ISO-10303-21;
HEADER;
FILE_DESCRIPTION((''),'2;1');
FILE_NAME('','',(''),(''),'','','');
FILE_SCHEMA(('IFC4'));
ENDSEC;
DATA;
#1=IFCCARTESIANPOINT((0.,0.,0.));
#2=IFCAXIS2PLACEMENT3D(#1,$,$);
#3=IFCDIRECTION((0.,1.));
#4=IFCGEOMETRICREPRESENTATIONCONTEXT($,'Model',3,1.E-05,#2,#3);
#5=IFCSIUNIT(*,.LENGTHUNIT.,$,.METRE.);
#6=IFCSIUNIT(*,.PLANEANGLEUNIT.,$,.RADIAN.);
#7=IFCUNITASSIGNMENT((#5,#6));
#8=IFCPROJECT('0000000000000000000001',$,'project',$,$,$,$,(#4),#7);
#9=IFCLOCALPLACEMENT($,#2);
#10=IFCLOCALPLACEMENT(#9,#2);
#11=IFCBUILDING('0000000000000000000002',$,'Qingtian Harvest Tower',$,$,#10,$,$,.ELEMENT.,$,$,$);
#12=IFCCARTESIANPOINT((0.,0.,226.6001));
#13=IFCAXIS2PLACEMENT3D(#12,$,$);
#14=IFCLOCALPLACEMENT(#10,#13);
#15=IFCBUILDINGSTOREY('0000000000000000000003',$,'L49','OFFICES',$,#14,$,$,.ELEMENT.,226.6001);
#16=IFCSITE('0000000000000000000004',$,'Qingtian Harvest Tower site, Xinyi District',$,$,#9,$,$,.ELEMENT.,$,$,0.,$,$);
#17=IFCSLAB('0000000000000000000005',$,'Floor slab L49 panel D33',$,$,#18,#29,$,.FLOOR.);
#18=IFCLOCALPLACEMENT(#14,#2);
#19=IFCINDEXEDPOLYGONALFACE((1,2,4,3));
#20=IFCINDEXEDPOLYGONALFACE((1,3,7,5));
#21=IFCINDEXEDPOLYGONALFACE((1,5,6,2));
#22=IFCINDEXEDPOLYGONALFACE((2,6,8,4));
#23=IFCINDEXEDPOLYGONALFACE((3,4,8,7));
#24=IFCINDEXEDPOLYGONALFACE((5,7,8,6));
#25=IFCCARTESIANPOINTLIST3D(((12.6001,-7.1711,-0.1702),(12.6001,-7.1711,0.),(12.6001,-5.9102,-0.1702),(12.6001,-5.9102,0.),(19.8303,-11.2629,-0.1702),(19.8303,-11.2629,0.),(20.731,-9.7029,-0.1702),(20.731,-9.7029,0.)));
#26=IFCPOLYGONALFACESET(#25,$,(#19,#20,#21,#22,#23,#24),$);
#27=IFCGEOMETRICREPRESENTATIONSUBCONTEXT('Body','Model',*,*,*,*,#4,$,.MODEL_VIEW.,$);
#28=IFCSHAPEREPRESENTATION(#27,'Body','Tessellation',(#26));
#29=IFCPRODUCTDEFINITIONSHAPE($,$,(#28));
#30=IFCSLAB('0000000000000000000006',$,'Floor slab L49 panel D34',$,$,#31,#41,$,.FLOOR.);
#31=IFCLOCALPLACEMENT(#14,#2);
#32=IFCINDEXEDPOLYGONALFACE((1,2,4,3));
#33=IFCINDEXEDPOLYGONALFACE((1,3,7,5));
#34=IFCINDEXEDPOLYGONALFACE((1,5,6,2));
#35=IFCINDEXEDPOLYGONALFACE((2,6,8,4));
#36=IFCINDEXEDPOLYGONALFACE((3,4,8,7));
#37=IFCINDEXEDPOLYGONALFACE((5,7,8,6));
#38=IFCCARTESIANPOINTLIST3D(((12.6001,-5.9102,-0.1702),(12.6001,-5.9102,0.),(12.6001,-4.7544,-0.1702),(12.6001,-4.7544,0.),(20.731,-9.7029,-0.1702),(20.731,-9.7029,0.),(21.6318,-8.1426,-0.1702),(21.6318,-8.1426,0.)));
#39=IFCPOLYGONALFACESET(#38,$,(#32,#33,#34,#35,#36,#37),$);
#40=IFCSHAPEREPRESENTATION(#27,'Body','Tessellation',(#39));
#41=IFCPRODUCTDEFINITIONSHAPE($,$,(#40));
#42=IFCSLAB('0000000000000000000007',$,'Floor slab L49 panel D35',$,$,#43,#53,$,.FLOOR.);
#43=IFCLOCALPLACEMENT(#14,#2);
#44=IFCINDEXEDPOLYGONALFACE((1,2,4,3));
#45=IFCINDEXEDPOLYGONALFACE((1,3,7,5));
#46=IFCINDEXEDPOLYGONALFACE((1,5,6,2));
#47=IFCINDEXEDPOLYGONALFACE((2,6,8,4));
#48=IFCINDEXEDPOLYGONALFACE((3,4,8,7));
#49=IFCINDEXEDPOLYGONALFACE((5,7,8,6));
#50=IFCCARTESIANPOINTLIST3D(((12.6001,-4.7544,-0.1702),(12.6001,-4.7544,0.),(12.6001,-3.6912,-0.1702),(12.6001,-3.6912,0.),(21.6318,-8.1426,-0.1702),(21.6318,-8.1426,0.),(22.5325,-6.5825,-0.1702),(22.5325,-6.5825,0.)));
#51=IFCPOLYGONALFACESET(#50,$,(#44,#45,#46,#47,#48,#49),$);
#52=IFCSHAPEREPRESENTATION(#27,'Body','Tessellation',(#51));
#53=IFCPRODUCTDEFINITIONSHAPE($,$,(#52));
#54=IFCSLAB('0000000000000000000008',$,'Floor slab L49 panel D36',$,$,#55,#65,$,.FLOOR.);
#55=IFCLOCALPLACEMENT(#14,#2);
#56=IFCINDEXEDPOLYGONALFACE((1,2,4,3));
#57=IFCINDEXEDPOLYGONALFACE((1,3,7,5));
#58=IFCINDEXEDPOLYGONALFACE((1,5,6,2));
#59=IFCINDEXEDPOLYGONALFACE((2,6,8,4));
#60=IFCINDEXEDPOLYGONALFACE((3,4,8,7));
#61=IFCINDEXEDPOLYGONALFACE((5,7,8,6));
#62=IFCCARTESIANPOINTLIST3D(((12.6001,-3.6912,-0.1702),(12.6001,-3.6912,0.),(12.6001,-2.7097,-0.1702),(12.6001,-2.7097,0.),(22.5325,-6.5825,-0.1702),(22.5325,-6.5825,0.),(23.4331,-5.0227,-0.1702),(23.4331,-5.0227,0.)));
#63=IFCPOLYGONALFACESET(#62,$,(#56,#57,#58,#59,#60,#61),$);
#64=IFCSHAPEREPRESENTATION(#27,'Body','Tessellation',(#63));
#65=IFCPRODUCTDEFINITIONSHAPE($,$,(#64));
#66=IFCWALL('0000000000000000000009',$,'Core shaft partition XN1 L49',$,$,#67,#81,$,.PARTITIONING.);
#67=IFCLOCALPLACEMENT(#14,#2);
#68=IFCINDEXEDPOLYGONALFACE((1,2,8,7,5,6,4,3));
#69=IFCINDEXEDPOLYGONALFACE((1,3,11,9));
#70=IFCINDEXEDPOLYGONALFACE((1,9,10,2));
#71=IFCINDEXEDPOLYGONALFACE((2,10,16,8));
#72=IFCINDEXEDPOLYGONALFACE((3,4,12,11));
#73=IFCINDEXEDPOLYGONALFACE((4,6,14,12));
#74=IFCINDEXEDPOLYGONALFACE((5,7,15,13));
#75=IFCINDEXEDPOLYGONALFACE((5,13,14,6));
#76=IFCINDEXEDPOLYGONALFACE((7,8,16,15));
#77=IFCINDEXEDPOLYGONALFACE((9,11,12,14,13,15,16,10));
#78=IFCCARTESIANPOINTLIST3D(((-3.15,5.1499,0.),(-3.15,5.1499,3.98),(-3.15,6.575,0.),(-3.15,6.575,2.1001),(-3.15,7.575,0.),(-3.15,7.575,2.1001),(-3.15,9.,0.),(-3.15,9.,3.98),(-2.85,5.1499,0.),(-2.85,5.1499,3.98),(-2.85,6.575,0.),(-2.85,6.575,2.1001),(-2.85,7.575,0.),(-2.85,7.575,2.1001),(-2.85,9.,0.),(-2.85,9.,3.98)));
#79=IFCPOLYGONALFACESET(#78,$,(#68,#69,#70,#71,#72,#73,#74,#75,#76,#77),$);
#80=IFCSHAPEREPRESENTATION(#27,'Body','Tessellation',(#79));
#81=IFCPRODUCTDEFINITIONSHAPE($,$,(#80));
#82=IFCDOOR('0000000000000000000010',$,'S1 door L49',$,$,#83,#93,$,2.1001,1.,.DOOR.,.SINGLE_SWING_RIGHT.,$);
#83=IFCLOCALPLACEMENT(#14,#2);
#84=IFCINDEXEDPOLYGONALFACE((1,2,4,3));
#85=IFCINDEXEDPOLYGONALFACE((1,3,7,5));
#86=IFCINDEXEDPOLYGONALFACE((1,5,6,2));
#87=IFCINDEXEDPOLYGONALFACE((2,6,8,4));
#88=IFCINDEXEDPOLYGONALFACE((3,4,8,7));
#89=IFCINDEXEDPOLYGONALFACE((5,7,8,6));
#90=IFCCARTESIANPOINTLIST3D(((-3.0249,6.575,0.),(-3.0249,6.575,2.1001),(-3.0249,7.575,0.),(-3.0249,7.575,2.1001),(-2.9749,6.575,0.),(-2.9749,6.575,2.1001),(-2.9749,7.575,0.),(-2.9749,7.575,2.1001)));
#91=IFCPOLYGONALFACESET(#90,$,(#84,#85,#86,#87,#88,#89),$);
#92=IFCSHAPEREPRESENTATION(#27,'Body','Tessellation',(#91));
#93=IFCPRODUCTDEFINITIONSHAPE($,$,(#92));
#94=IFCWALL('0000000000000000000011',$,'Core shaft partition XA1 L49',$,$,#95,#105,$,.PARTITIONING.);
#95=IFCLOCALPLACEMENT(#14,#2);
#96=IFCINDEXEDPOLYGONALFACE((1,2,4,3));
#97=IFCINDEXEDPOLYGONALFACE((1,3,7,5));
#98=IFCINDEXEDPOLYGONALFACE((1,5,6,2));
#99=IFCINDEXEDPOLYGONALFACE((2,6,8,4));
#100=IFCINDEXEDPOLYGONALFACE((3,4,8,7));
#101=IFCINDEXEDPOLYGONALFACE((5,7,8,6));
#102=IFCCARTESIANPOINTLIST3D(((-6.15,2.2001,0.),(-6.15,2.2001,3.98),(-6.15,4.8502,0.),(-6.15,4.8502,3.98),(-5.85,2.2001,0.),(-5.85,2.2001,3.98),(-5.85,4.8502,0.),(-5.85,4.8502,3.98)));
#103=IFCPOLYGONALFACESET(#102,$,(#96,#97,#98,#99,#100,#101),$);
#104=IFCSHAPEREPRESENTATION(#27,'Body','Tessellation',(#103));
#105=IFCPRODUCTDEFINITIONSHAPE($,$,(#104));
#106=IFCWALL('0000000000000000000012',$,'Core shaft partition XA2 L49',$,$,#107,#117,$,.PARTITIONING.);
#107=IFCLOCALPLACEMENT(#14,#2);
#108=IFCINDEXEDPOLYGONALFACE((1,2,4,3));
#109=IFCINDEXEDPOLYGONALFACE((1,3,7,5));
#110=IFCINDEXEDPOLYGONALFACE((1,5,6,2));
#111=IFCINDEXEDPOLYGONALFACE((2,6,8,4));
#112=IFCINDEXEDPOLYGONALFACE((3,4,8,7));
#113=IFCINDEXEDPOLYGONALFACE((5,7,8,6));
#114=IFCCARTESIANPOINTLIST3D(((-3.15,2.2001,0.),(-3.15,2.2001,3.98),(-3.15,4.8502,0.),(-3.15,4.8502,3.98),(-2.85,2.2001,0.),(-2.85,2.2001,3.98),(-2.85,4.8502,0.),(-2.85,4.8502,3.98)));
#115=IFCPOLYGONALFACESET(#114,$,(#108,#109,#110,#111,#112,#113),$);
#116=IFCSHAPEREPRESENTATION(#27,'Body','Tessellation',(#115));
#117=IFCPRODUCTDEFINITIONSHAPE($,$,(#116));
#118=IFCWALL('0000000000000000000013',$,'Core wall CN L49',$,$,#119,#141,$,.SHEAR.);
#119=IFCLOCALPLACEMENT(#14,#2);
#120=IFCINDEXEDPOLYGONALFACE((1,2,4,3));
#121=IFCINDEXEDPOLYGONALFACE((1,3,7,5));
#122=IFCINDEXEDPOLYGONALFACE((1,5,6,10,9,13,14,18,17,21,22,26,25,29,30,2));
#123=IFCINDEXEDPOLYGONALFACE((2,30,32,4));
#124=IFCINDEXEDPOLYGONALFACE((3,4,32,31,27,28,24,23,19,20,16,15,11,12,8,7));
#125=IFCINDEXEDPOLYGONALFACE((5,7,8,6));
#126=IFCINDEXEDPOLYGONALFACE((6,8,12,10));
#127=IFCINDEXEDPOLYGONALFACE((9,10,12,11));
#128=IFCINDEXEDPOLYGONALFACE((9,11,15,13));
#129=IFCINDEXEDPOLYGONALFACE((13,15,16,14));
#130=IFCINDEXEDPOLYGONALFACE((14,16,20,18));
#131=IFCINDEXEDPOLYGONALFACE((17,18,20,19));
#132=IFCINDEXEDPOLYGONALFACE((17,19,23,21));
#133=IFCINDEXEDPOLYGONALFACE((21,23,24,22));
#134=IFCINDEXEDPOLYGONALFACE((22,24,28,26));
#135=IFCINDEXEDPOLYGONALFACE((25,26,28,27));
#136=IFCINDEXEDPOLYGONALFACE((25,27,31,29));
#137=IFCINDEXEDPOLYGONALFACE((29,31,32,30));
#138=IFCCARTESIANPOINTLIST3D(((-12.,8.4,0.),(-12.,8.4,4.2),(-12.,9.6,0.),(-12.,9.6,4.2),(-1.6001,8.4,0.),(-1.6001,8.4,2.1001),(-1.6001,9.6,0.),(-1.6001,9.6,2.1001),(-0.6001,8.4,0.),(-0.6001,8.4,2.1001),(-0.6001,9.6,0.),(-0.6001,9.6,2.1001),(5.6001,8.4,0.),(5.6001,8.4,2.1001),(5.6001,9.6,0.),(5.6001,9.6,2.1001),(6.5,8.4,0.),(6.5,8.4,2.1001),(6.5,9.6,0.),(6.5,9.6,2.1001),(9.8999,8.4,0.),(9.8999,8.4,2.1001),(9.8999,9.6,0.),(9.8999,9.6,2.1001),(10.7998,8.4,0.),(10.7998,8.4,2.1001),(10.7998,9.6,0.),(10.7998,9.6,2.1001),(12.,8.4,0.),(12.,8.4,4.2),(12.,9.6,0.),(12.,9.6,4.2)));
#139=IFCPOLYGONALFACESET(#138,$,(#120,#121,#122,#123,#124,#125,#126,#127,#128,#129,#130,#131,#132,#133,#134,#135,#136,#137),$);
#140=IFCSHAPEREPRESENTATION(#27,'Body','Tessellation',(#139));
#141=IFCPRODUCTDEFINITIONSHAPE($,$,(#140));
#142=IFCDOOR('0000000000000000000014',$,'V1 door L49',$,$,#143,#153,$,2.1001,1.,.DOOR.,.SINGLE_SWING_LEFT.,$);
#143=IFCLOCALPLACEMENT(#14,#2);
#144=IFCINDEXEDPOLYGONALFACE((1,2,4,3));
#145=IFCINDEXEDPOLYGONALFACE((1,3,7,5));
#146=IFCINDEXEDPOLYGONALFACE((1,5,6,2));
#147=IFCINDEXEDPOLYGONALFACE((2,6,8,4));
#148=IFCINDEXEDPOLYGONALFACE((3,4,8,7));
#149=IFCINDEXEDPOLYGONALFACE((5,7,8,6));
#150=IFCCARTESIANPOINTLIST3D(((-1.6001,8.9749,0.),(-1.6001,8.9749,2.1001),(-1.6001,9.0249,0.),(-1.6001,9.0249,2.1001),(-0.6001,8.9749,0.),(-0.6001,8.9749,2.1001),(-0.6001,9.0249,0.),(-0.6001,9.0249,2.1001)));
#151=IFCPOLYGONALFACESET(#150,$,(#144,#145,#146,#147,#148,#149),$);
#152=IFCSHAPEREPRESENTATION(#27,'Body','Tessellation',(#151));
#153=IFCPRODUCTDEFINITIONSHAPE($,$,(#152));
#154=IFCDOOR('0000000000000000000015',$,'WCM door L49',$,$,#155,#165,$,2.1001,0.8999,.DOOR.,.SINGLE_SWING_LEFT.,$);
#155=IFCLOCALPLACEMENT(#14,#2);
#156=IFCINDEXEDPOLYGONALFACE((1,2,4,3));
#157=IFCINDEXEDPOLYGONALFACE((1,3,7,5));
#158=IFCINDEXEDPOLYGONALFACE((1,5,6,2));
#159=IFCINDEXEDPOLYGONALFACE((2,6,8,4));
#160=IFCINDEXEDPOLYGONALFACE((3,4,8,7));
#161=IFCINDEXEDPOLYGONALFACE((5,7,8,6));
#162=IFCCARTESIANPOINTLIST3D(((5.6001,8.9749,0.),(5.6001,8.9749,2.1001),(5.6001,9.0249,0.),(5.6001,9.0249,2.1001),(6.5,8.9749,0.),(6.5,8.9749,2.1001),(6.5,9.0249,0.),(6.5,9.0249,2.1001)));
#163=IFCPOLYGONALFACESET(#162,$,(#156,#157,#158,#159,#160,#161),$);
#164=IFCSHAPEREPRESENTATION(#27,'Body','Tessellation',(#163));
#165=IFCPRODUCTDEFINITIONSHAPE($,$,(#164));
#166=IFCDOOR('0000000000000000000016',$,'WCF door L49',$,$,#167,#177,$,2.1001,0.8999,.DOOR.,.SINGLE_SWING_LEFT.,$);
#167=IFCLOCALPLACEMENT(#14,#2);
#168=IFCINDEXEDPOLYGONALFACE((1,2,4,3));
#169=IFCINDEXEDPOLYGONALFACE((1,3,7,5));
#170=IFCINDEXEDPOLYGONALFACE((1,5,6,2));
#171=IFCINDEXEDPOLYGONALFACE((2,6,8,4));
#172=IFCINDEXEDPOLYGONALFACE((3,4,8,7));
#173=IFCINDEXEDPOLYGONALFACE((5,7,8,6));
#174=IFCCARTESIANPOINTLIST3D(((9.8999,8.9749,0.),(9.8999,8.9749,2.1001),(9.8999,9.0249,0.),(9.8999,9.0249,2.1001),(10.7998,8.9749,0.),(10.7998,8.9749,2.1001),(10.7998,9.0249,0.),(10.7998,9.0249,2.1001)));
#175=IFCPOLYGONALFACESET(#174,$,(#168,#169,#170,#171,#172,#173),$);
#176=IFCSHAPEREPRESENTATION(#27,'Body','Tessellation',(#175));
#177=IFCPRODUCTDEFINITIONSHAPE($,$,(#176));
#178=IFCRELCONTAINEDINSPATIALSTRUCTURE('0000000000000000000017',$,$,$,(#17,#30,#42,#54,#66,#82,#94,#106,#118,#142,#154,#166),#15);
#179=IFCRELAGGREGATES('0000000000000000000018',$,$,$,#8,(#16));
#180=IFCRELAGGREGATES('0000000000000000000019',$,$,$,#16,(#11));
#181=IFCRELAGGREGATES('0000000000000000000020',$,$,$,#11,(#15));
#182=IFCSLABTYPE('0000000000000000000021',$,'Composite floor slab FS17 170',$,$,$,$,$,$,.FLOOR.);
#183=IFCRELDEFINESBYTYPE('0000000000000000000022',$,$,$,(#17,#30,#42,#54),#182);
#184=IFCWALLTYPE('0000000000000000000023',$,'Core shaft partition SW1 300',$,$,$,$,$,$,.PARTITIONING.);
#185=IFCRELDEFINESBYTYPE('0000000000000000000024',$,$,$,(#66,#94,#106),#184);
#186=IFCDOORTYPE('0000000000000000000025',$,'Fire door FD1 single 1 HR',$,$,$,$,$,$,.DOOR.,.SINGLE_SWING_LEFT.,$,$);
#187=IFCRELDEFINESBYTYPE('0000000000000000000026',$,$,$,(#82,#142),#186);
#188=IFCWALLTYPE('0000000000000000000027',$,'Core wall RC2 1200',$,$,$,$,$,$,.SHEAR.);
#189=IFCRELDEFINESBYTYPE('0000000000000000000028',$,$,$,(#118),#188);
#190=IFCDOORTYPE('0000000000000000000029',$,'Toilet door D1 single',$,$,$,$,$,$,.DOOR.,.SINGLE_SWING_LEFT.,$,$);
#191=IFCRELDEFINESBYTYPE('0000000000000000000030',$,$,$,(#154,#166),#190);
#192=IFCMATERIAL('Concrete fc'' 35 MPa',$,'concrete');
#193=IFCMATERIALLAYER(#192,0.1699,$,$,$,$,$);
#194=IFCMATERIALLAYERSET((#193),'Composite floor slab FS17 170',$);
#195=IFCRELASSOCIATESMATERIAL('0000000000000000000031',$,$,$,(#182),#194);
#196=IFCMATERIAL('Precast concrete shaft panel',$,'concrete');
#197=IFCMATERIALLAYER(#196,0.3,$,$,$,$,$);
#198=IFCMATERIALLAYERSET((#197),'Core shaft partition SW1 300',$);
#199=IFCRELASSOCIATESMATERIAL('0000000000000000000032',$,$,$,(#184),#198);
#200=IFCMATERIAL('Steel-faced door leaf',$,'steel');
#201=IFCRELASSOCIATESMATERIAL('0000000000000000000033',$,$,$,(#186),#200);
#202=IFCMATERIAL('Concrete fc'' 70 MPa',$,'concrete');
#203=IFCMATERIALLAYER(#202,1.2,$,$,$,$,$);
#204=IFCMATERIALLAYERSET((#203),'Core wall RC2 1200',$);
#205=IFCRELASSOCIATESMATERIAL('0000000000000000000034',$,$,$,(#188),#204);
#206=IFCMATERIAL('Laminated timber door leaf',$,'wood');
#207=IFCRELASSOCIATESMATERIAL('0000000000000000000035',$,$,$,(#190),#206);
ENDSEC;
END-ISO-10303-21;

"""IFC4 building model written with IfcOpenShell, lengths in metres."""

from ifc_helpers import new_model, si_unit, direction, frame, frame_2d, origin, place, context, subcontext, project, spatial, polyline, rectangle, outline, extrude, material, layer, layer_set, type_object, element, fill, save


model = new_model("IFC4")

# Units and contexts
model_context = context("Model", 3, precision=1e-05, world=origin(), true_north=direction((0.0, 1.0)))
body_context = subcontext(model_context, "Body", "Model", "MODEL_VIEW")
ifc_project = project(units=[si_unit("LENGTHUNIT", "METRE"), si_unit("PLANEANGLEUNIT", "RADIAN")], contexts=[model_context])

# Site, building, storey
site_placement = place(None, origin())
site = spatial("IfcSite", under=ifc_project, at=site_placement, Name="Qingtian Harvest Tower site, Xinyi District", CompositionType="ELEMENT", RefElevation=0.0)
building_placement = place(site_placement, origin())
building = spatial("IfcBuilding", under=site, at=building_placement, Name="Qingtian Harvest Tower", CompositionType="ELEMENT")
storey_placement = place(building_placement, frame((0.0, 0.0, 226.6001)))
storey = spatial("IfcBuildingStorey", under=building, at=storey_placement, Name="L49", Description="OFFICES", CompositionType="ELEMENT", Elevation=226.6001)

# Slabs
ifc_material_1 = material(Name="Concrete fc' 35 MPa", Category="concrete")
ifc_layer_1 = layer(ifc_material_1, 0.1699)
ifc_layer_set_1 = layer_set([ifc_layer_1], Name="Composite floor slab FS17 170")
slab_type = type_object("IfcSlabType", Name="Composite floor slab FS17 170", PredefinedType="FLOOR", material=ifc_layer_set_1)
slab_1_placement = place(storey_placement, frame((0.0, 0.0, -0.1702)))
element("IfcSlab", 1, at=slab_1_placement, inside=storey, type_object=slab_type, Name="Floor slab L49 panel D33", PredefinedType="FLOOR", context=body_context, shape_type="SweptSolid", body=[
    extrude(outline(polyline([(12.6001, -5.9102), (20.731, -9.7029), (19.8303, -11.2629), (12.6001, -7.1711), (12.6001, -5.9102)])), origin(), (0.0, 0.0, 1.0), 0.1702),
])
slab_2_placement = place(storey_placement, frame((0.0, 0.0, -0.1702)))
element("IfcSlab", 2, at=slab_2_placement, inside=storey, type_object=slab_type, Name="Floor slab L49 panel D34", PredefinedType="FLOOR", context=body_context, shape_type="SweptSolid", body=[
    extrude(outline(polyline([(12.6001, -4.7544), (21.6318, -8.1426), (20.731, -9.7029), (12.6001, -5.9102), (12.6001, -4.7544)])), origin(), (0.0, 0.0, 1.0), 0.1702),
])
slab_3_placement = place(storey_placement, frame((0.0, 0.0, -0.1702)))
element("IfcSlab", 3, at=slab_3_placement, inside=storey, type_object=slab_type, Name="Floor slab L49 panel D35", PredefinedType="FLOOR", context=body_context, shape_type="SweptSolid", body=[
    extrude(outline(polyline([(12.6001, -3.6912), (22.5325, -6.5825), (21.6318, -8.1426), (12.6001, -4.7544), (12.6001, -3.6912)])), origin(), (0.0, 0.0, 1.0), 0.1702),
])
slab_4_placement = place(storey_placement, frame((0.0, 0.0, -0.1702)))
element("IfcSlab", 4, at=slab_4_placement, inside=storey, type_object=slab_type, Name="Floor slab L49 panel D36", PredefinedType="FLOOR", context=body_context, shape_type="SweptSolid", body=[
    extrude(outline(polyline([(12.6001, -2.7097), (23.4331, -5.0227), (22.5325, -6.5825), (12.6001, -3.6912), (12.6001, -2.7097)])), origin(), (0.0, 0.0, 1.0), 0.1702),
])

# Wall, opening, door
ifc_material_2 = material(Name="Precast concrete shaft panel", Category="concrete")
ifc_layer_2 = layer(ifc_material_2, 0.3)
ifc_layer_set_2 = layer_set([ifc_layer_2], Name="Core shaft partition SW1 300")
wall_type_1 = type_object("IfcWallType", Name="Core shaft partition SW1 300", PredefinedType="PARTITIONING", material=ifc_layer_set_2)
wall_1_placement = place(storey_placement, frame((-3.0, 5.1499, 0.0), z_axis=(0.0, 0.0, 1.0), x_axis=(0.0, 1.0, 0.0)))
wall_1 = element("IfcWall", 5, at=wall_1_placement, inside=storey, type_object=wall_type_1, Name="Core shaft partition XN1 L49", PredefinedType="PARTITIONING", context=body_context, shape_type="SweptSolid", body=[
    extrude(rectangle(XDim=3.8501, YDim=0.3, at=frame_2d((1.925, 0.0))), origin(), (0.0, 0.0, 1.0), 3.98),
])
opening_1_placement = place(wall_1_placement, frame((1.425, 0.0, 0.0)))
opening_1 = element("IfcOpeningElement", 6, at=opening_1_placement, cuts=wall_1, PredefinedType="OPENING", context=body_context, shape_type="SweptSolid", body=[
    extrude(rectangle(XDim=1.0, YDim=2.1001, at=frame_2d((0.5, 1.05))), frame((0.0, 0.1599, 0.0), z_axis=(0.0, -1.0, 0.0), x_axis=(1.0, 0.0, 0.0)), (0.0, 0.0, 1.0), 0.3201),
])
ifc_material_3 = material(Name="Steel-faced door leaf", Category="steel")
door_type_1 = type_object("IfcDoorType", Name="Fire door FD1 single 1 HR", OperationType="SINGLE_SWING_LEFT", PredefinedType="DOOR", material=ifc_material_3)
door_1_placement = place(opening_1_placement, origin())
door_1 = element("IfcDoor", 7, at=door_1_placement, inside=storey, type_object=door_type_1, Name="S1 door L49", OperationType="SINGLE_SWING_RIGHT", OverallHeight=2.1001, OverallWidth=1.0, PredefinedType="DOOR", context=body_context, shape_type="SweptSolid", body=[
    extrude(rectangle(XDim=1.0, YDim=2.1001, at=frame_2d((0.5, 1.05))), frame((0.0, 0.0249, 0.0), z_axis=(0.0, -1.0, 0.0), x_axis=(1.0, 0.0, 0.0)), (0.0, 0.0, 1.0), 0.05),
])
fill(opening_1, door_1)

# Walls
for number, where, z_axis, x_axis, name in (
    (8, (-6.0, 2.2, 0.0), (0.0, 0.0, 1.0), (0.0, 1.0, 0.0), "Core shaft partition XA1 L49"),
    (9, (-3.0, 2.2, 0.0), (0.0, 0.0, 1.0), (0.0, 1.0, 0.0), "Core shaft partition XA2 L49"),
):
    element("IfcWall", number, at=place(storey_placement, frame(where, z_axis=z_axis, x_axis=x_axis)), inside=storey, type_object=wall_type_1, Name=name, PredefinedType="PARTITIONING", context=body_context, shape_type="SweptSolid", body=[
        extrude(rectangle(XDim=2.6501, YDim=0.3, at=frame_2d((1.3252, 0.0))), origin(), (0.0, 0.0, 1.0), 3.98),
    ])

# Wall, openings, doors
ifc_material_4 = material(Name="Concrete fc' 70 MPa", Category="concrete")
ifc_layer_3 = layer(ifc_material_4, 1.2)
ifc_layer_set_3 = layer_set([ifc_layer_3], Name="Core wall RC2 1200")
wall_type_2 = type_object("IfcWallType", Name="Core wall RC2 1200", PredefinedType="SHEAR", material=ifc_layer_set_3)
wall_2_placement = place(storey_placement, frame((-12.0, 9.0, 0.0), z_axis=(0.0, 0.0, 1.0), x_axis=(1.0, 0.0, 0.0)))
wall_2 = element("IfcWall", 10, at=wall_2_placement, inside=storey, type_object=wall_type_2, Name="Core wall CN L49", PredefinedType="SHEAR", context=body_context, shape_type="SweptSolid", body=[
    extrude(rectangle(XDim=24.0, YDim=1.2, at=frame_2d((12.0, 0.0))), origin(), (0.0, 0.0, 1.0), 4.2),
])
opening_2_placement = place(wall_2_placement, frame((10.3999, 0.0, 0.0)))
opening_2 = element("IfcOpeningElement", 11, at=opening_2_placement, cuts=wall_2, PredefinedType="OPENING", context=body_context, shape_type="SweptSolid", body=[
    extrude(rectangle(XDim=1.0, YDim=2.1001, at=frame_2d((0.5, 1.05))), frame((0.0, 0.6099, 0.0), z_axis=(0.0, -1.0, 0.0), x_axis=(1.0, 0.0, 0.0)), (0.0, 0.0, 1.0), 1.22),
])
opening_3_placement = place(wall_2_placement, frame((17.6001, 0.0, 0.0)))
opening_3 = element("IfcOpeningElement", 12, at=opening_3_placement, cuts=wall_2, PredefinedType="OPENING", context=body_context, shape_type="SweptSolid", body=[
    extrude(rectangle(XDim=0.8999, YDim=2.1001, at=frame_2d((0.45, 1.05))), frame((0.0, 0.6099, 0.0), z_axis=(0.0, -1.0, 0.0), x_axis=(1.0, 0.0, 0.0)), (0.0, 0.0, 1.0), 1.22),
])
opening_4_placement = place(wall_2_placement, frame((21.8999, 0.0, 0.0)))
opening_4 = element("IfcOpeningElement", 13, at=opening_4_placement, cuts=wall_2, PredefinedType="OPENING", context=body_context, shape_type="SweptSolid", body=[
    extrude(rectangle(XDim=0.8999, YDim=2.1001, at=frame_2d((0.45, 1.05))), frame((0.0, 0.6099, 0.0), z_axis=(0.0, -1.0, 0.0), x_axis=(1.0, 0.0, 0.0)), (0.0, 0.0, 1.0), 1.22),
])
door_2_placement = place(opening_2_placement, origin())
door_2 = element("IfcDoor", 14, at=door_2_placement, inside=storey, type_object=door_type_1, Name="V1 door L49", OperationType="SINGLE_SWING_LEFT", OverallHeight=2.1001, OverallWidth=1.0, PredefinedType="DOOR", context=body_context, shape_type="SweptSolid", body=[
    extrude(rectangle(XDim=1.0, YDim=2.1001, at=frame_2d((0.5, 1.05))), frame((0.0, 0.0249, 0.0), z_axis=(0.0, -1.0, 0.0), x_axis=(1.0, 0.0, 0.0)), (0.0, 0.0, 1.0), 0.05),
])
fill(opening_2, door_2)
ifc_material_5 = material(Name="Laminated timber door leaf", Category="wood")
door_type_2 = type_object("IfcDoorType", Name="Toilet door D1 single", OperationType="SINGLE_SWING_LEFT", PredefinedType="DOOR", material=ifc_material_5)
door_3_placement = place(opening_3_placement, origin())
door_3 = element("IfcDoor", 15, at=door_3_placement, inside=storey, type_object=door_type_2, Name="WCM door L49", OperationType="SINGLE_SWING_LEFT", OverallHeight=2.1001, OverallWidth=0.8999, PredefinedType="DOOR", context=body_context, shape_type="SweptSolid", body=[
    extrude(rectangle(XDim=0.8999, YDim=2.1001, at=frame_2d((0.45, 1.05))), frame((0.0, 0.0249, 0.0), z_axis=(0.0, -1.0, 0.0), x_axis=(1.0, 0.0, 0.0)), (0.0, 0.0, 1.0), 0.05),
])
fill(opening_3, door_3)
door_4_placement = place(opening_4_placement, origin())
door_4 = element("IfcDoor", 16, at=door_4_placement, inside=storey, type_object=door_type_2, Name="WCF door L49", OperationType="SINGLE_SWING_LEFT", OverallHeight=2.1001, OverallWidth=0.8999, PredefinedType="DOOR", context=body_context, shape_type="SweptSolid", body=[
    extrude(rectangle(XDim=0.8999, YDim=2.1001, at=frame_2d((0.45, 1.05))), frame((0.0, 0.0249, 0.0), z_axis=(0.0, -1.0, 0.0), x_axis=(1.0, 0.0, 0.0)), (0.0, 0.0, 1.0), 0.05),
])
fill(opening_4, door_4)

save(model, "model.ifc")
